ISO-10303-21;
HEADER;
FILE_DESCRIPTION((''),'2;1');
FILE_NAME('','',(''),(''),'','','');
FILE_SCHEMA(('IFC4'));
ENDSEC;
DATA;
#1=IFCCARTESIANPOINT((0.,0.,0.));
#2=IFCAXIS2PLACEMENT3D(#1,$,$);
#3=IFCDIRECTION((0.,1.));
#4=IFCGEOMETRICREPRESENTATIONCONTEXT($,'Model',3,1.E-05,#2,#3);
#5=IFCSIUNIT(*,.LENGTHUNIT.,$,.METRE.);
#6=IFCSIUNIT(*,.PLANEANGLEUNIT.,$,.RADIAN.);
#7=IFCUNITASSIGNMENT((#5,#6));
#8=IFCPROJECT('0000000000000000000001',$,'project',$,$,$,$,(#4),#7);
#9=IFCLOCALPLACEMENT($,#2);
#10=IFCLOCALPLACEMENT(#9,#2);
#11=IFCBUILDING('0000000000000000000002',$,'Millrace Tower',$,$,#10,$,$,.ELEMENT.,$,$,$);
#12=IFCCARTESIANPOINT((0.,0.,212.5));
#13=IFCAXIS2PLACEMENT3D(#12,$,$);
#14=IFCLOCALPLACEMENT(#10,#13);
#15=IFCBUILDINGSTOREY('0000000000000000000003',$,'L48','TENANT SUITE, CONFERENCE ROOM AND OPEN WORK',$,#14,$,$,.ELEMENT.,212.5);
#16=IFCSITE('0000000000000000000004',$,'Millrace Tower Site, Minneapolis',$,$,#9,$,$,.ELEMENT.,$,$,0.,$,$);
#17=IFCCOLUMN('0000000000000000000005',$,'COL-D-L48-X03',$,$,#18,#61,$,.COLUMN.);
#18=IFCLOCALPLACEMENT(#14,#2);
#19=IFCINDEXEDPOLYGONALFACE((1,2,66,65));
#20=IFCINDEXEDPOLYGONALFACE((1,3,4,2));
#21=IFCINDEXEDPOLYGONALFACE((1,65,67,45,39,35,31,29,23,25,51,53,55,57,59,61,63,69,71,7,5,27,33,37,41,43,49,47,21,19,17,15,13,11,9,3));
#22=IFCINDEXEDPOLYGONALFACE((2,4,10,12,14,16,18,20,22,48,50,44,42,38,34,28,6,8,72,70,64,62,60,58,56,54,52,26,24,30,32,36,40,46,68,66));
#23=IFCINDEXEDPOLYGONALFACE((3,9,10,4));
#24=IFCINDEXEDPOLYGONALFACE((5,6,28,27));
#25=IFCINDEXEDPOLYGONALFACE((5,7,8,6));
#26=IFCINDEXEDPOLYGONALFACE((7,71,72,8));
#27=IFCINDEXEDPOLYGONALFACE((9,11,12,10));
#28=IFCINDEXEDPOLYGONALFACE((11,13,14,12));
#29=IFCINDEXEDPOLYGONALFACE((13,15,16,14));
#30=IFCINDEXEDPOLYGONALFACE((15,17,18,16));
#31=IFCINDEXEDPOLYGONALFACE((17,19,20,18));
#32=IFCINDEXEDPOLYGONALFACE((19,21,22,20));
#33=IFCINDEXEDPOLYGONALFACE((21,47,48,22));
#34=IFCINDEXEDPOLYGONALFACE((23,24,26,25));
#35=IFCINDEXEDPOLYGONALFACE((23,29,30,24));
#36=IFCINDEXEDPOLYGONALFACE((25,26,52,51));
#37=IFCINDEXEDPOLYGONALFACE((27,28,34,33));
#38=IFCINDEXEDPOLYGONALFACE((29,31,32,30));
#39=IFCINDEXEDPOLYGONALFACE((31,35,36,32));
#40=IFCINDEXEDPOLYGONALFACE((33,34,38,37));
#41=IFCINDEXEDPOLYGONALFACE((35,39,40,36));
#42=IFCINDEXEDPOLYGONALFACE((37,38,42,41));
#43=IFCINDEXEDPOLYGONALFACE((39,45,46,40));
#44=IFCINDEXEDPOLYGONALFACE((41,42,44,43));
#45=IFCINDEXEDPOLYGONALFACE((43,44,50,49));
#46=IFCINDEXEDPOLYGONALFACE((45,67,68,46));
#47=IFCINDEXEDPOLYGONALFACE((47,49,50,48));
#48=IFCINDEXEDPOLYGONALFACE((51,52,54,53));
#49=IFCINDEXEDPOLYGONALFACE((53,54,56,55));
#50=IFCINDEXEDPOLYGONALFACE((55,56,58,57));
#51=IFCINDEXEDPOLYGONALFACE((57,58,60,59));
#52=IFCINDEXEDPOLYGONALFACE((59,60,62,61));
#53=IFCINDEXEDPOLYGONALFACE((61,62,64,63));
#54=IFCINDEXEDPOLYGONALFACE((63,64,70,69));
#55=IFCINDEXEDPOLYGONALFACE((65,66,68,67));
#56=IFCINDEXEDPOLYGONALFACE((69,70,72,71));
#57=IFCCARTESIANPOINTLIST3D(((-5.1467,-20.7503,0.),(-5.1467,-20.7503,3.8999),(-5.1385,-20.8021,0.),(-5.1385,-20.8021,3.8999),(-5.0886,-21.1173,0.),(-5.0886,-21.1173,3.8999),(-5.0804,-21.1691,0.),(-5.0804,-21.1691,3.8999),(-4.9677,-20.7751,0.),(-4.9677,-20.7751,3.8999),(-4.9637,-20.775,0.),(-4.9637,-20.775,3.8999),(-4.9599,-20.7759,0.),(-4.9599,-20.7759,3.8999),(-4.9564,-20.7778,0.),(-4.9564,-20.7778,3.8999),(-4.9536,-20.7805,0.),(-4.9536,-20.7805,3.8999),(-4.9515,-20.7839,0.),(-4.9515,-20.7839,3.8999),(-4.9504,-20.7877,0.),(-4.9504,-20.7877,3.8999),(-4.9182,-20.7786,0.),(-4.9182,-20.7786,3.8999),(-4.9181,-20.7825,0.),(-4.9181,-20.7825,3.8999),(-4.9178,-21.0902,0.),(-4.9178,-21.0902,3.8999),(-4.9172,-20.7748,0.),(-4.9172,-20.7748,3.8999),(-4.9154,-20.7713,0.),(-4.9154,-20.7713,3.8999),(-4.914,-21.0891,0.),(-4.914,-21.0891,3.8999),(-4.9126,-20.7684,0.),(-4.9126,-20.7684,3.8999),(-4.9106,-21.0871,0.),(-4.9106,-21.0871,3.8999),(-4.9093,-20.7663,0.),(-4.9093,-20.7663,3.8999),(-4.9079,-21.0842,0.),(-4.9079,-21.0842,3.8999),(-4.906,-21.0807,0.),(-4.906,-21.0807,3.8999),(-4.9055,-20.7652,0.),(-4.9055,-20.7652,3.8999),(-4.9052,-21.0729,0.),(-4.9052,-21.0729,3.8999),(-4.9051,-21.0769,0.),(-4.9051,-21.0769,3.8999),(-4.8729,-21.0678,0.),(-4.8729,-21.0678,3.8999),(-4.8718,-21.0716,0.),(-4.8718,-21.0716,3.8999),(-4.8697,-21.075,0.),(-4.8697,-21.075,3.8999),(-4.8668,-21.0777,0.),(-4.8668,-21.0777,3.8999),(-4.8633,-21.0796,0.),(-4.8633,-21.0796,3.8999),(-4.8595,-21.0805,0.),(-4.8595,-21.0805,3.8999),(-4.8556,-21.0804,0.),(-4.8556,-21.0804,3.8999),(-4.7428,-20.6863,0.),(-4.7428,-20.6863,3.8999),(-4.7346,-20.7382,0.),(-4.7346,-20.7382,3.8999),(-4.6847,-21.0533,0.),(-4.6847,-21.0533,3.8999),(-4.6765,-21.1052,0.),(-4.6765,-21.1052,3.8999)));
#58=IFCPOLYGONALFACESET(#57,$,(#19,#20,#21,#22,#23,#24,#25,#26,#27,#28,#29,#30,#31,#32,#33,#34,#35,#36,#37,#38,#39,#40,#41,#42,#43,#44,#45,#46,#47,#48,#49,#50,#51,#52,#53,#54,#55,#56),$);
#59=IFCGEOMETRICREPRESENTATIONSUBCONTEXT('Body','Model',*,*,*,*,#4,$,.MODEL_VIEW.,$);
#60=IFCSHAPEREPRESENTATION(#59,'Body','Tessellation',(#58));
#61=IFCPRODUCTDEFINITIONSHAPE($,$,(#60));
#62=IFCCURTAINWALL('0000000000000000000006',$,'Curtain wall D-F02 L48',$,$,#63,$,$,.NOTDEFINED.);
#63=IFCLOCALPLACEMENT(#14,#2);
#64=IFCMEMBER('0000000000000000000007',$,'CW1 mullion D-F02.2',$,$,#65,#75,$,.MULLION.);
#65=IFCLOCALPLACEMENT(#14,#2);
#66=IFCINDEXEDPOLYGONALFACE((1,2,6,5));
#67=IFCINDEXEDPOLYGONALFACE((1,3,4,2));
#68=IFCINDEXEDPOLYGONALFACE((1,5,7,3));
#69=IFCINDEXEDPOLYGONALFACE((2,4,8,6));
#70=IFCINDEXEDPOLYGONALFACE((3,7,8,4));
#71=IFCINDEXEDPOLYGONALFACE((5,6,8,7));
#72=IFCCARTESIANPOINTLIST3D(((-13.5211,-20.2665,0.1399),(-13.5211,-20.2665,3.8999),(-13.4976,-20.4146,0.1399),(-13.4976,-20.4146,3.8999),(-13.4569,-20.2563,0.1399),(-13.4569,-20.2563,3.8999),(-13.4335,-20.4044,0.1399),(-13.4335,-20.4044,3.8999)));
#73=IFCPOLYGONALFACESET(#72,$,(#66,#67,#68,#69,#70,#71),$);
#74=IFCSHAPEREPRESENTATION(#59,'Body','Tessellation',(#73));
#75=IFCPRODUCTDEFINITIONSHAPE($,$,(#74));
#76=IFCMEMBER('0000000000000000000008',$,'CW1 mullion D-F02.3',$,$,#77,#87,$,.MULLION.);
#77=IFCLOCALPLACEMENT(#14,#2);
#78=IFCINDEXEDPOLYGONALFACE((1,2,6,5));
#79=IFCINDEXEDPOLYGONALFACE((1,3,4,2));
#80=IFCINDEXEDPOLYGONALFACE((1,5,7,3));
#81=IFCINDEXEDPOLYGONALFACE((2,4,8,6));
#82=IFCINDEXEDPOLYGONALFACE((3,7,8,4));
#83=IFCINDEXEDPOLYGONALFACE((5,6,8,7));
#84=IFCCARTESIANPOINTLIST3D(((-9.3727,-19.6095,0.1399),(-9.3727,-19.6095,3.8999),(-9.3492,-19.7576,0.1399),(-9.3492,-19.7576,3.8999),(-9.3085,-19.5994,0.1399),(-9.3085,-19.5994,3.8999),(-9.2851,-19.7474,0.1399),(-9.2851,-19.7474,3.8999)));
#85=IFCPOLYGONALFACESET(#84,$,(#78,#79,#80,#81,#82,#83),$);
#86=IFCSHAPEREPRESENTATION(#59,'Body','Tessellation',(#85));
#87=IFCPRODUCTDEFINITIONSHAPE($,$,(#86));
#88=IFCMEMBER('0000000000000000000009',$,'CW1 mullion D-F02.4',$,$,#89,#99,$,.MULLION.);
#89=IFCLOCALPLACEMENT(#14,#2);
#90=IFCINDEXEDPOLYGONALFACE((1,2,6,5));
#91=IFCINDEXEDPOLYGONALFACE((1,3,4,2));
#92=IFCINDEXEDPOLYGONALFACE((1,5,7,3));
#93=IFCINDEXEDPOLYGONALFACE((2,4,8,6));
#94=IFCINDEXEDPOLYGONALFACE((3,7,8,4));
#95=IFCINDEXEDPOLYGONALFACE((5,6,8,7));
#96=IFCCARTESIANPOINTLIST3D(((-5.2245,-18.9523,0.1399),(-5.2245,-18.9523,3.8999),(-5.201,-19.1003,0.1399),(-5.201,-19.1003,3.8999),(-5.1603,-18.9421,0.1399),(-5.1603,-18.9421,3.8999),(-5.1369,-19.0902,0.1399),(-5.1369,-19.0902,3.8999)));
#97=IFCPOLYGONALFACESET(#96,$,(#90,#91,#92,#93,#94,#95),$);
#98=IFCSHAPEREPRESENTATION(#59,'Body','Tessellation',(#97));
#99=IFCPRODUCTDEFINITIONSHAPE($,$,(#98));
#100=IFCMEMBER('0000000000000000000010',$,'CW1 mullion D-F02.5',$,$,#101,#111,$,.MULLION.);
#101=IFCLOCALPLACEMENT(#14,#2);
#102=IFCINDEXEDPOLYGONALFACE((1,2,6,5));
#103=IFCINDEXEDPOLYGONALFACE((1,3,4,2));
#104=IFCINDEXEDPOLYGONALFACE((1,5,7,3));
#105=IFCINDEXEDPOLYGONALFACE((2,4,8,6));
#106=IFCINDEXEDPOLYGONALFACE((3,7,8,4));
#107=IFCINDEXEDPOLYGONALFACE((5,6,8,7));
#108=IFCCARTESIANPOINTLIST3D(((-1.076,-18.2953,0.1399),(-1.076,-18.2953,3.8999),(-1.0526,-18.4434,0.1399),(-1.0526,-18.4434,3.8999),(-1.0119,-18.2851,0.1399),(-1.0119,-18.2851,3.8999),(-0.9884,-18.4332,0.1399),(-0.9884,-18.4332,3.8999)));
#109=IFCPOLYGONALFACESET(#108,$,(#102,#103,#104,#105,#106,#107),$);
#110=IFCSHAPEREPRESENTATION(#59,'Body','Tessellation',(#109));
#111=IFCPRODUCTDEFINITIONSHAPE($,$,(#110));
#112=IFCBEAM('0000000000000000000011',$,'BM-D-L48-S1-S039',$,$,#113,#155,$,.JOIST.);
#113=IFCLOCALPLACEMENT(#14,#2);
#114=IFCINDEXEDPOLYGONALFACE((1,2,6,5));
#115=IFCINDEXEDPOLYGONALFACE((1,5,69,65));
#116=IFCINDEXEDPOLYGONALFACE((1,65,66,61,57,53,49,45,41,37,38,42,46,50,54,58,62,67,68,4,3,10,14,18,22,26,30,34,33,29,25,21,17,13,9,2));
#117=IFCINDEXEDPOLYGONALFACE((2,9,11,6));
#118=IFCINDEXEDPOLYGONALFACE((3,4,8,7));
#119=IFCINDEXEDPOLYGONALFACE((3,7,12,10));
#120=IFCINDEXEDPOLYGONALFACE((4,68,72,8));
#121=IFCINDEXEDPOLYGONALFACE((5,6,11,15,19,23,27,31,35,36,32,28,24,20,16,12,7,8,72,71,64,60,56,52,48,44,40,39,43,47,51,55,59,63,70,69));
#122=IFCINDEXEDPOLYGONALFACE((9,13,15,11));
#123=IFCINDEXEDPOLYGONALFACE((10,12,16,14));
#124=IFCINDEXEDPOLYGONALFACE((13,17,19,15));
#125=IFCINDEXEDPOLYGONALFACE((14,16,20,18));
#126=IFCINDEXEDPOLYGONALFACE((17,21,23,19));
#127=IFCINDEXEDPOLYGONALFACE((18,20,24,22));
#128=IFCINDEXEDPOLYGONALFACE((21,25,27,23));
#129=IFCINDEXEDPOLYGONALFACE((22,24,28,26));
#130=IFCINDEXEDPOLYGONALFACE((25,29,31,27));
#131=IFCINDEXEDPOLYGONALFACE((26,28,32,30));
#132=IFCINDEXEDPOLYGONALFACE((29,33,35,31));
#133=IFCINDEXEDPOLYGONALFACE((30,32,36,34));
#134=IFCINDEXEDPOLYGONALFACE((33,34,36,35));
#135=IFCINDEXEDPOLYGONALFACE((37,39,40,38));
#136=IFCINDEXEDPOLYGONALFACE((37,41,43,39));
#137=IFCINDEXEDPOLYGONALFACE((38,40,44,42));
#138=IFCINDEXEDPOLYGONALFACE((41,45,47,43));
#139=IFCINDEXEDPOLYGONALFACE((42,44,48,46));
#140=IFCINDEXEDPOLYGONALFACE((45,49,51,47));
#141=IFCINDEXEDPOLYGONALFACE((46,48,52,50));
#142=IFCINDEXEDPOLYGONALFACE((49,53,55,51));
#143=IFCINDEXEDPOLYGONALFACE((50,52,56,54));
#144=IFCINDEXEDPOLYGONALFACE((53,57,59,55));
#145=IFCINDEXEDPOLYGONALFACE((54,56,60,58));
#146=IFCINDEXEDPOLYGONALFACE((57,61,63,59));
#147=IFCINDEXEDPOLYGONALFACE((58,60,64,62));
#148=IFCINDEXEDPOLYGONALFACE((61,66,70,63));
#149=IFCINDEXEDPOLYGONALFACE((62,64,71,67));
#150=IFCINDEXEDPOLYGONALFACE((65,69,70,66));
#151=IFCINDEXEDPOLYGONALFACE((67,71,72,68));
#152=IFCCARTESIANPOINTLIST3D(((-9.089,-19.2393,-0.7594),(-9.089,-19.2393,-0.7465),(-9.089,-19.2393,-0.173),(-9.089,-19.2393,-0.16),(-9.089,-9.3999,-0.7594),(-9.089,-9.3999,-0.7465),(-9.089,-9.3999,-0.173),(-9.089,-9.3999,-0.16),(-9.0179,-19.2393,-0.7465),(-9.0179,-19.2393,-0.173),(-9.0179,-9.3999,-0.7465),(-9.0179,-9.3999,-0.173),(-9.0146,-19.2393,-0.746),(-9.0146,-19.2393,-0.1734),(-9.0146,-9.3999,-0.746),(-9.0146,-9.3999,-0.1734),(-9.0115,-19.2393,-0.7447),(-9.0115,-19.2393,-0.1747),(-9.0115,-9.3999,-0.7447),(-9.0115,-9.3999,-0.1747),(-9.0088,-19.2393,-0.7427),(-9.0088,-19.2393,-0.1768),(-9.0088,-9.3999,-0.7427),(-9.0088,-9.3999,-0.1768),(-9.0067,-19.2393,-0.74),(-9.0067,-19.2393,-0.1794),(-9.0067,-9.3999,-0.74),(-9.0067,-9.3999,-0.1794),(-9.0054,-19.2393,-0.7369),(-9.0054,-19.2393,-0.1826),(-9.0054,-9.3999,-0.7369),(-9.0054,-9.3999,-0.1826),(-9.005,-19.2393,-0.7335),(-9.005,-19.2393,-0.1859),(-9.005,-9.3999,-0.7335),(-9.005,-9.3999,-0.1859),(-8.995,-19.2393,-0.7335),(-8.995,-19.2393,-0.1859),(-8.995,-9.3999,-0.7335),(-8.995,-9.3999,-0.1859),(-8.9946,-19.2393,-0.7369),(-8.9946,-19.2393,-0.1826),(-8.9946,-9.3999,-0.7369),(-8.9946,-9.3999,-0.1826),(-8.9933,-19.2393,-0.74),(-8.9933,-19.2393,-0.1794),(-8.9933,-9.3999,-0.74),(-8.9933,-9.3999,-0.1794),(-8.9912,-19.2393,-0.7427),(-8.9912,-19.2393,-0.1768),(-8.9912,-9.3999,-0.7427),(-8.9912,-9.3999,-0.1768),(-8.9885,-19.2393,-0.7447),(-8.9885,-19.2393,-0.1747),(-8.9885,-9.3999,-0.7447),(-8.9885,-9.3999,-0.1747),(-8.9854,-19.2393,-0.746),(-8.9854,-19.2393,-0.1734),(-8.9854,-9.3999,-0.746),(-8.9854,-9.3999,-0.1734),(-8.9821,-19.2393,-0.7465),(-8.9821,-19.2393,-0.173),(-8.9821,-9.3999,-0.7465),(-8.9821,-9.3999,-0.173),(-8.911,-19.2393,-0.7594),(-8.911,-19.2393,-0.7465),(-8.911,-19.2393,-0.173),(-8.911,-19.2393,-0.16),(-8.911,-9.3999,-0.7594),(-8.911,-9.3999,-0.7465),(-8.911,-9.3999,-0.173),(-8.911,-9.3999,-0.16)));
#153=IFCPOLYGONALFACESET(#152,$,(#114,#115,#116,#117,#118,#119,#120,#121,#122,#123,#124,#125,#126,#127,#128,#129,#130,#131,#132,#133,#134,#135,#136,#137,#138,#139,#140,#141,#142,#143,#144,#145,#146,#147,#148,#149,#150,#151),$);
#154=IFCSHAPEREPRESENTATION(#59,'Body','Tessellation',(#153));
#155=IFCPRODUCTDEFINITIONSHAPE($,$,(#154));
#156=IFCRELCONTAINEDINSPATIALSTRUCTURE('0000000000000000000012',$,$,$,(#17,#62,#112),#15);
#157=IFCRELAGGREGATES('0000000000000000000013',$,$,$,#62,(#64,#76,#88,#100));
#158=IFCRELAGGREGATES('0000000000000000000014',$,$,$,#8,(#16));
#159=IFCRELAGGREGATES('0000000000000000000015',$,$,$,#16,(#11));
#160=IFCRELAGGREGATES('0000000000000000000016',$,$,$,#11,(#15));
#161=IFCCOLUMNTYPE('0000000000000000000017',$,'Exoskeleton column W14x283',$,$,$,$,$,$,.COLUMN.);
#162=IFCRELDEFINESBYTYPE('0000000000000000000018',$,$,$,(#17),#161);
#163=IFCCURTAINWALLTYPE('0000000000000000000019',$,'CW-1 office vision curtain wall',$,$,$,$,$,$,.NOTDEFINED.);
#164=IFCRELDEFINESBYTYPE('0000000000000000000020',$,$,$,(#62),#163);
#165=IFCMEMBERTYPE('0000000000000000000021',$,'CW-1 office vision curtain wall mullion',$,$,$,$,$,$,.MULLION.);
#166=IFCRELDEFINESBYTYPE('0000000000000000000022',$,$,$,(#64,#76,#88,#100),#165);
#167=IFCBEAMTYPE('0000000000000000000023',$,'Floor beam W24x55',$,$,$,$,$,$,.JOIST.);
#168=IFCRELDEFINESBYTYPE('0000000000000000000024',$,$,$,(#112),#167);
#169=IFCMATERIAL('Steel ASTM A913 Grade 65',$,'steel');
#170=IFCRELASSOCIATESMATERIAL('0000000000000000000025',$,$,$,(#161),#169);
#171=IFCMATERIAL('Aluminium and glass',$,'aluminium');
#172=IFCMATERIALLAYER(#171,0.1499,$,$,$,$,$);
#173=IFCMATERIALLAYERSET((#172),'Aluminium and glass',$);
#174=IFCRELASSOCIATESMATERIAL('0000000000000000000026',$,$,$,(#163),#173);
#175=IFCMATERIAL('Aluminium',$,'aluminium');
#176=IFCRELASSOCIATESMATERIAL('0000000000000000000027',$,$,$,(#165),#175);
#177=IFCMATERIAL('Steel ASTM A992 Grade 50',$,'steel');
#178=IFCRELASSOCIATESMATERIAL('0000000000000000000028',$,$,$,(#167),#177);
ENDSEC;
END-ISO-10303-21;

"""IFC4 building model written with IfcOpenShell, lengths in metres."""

from ifc_helpers import new_model, si_unit, direction, frame, origin, origin_2d, place, context, subcontext, project, spatial, rectangle, i_section, extrude, material, layer, layer_set, material_profile, profile_set, type_object, element, aggregate, save


model = new_model("IFC4")

# Units and contexts
model_context = context("Model", 3, precision=1e-05, world=origin(), true_north=direction((0.0, 1.0)))
body_context = subcontext(model_context, "Body", "Model", "MODEL_VIEW")
ifc_project = project(units=[si_unit("LENGTHUNIT", "METRE"), si_unit("PLANEANGLEUNIT", "RADIAN")], contexts=[model_context])

# Site, building, storey
site_placement = place(None, origin())
site = spatial("IfcSite", under=ifc_project, at=site_placement, Name="Millrace Tower Site, Minneapolis", CompositionType="ELEMENT", RefElevation=0.0)
building_placement = place(site_placement, origin())
building = spatial("IfcBuilding", under=site, at=building_placement, Name="Millrace Tower", CompositionType="ELEMENT")
storey_placement = place(building_placement, frame((0.0, 0.0, 212.5)))
storey = spatial("IfcBuildingStorey", under=building, at=storey_placement, Name="L48", Description="TENANT SUITE, CONFERENCE ROOM AND OPEN WORK", CompositionType="ELEMENT", Elevation=212.5)

# Column
ifc_material_1 = material(Name="Steel ASTM A913 Grade 65", Category="steel")
ifc_material_profile_1 = material_profile(ifc_material_1, i_section(OverallWidth=0.4089, OverallDepth=0.4241, WebThickness=0.0327, FlangeThickness=0.0525, FilletRadius=0.0151, at=origin_2d()))
ifc_profile_set_1 = profile_set([ifc_material_profile_1], Name="Steel ASTM A913 Grade 65")
column_type = type_object("IfcColumnType", Name="Exoskeleton column W14x283", PredefinedType="COLUMN", material=ifc_profile_set_1)
column_placement = place(storey_placement, frame((-4.9116, -20.9277, 0.0), z_axis=(0.0, 0.0, 1.0), x_axis=(0.987688, 0.156434, 0.0)))
element("IfcColumn", 1, at=column_placement, inside=storey, type_object=column_type, Name="COL-D-L48-X03", PredefinedType="COLUMN", context=body_context, shape_type="SweptSolid", body=[
    extrude(i_section(OverallWidth=0.4089, OverallDepth=0.4241, WebThickness=0.0327, FlangeThickness=0.0525, FilletRadius=0.0151, at=origin_2d()), origin(), (0.0, 0.0, 1.0), 3.8999),
])

# Curtain wall, members
ifc_material_2 = material(Name="Aluminium and glass", Category="aluminium")
ifc_layer_1 = layer(ifc_material_2, 0.1499)
ifc_layer_set_1 = layer_set([ifc_layer_1], Name="Aluminium and glass")
curtain_wall_type = type_object("IfcCurtainWallType", Name="CW-1 office vision curtain wall", PredefinedType="NOTDEFINED", material=ifc_layer_set_1)
curtain_wall_placement = place(storey_placement, origin())
curtain_wall = element("IfcCurtainWall", 2, at=curtain_wall_placement, inside=storey, type_object=curtain_wall_type, Name="Curtain wall D-F02 L48", PredefinedType="NOTDEFINED")
ifc_material_3 = material(Name="Aluminium", Category="aluminium")
ifc_material_profile_2 = material_profile(ifc_material_3, rectangle(XDim=0.0649, YDim=0.1499, at=origin_2d()))
ifc_profile_set_2 = profile_set([ifc_material_profile_2], Name="Aluminium")
member_type = type_object("IfcMemberType", Name="CW-1 office vision curtain wall mullion", PredefinedType="MULLION", material=ifc_profile_set_2)
member_1_placement = place(storey_placement, frame((-13.4773, -20.3354, 0.1399), z_axis=(0.0, 0.0, 1.0), x_axis=(0.987688, 0.156434, 0.0)))
member_1 = element("IfcMember", 3, at=member_1_placement, type_object=member_type, Name="CW1 mullion D-F02.2", PredefinedType="MULLION", context=body_context, shape_type="SweptSolid", body=[
    extrude(rectangle(XDim=0.0649, YDim=0.1499, at=origin_2d()), origin(), (0.0, 0.0, 1.0), 3.76),
])
member_2_placement = place(storey_placement, frame((-9.3289, -19.6785, 0.1399), z_axis=(0.0, 0.0, 1.0), x_axis=(0.987688, 0.156434, 0.0)))
member_2 = element("IfcMember", 4, at=member_2_placement, type_object=member_type, Name="CW1 mullion D-F02.3", PredefinedType="MULLION", context=body_context, shape_type="SweptSolid", body=[
    extrude(rectangle(XDim=0.0649, YDim=0.1499, at=origin_2d()), origin(), (0.0, 0.0, 1.0), 3.76),
])
member_3_placement = place(storey_placement, frame((-5.1807, -19.0212, 0.1399), z_axis=(0.0, 0.0, 1.0), x_axis=(0.987688, 0.156434, 0.0)))
member_3 = element("IfcMember", 5, at=member_3_placement, type_object=member_type, Name="CW1 mullion D-F02.4", PredefinedType="MULLION", context=body_context, shape_type="SweptSolid", body=[
    extrude(rectangle(XDim=0.0649, YDim=0.1499, at=origin_2d()), origin(), (0.0, 0.0, 1.0), 3.76),
])
member_4_placement = place(storey_placement, frame((-1.0322, -18.3643, 0.1399), z_axis=(0.0, 0.0, 1.0), x_axis=(0.987688, 0.156434, 0.0)))
member_4 = element("IfcMember", 6, at=member_4_placement, type_object=member_type, Name="CW1 mullion D-F02.5", PredefinedType="MULLION", context=body_context, shape_type="SweptSolid", body=[
    extrude(rectangle(XDim=0.0649, YDim=0.1499, at=origin_2d()), origin(), (0.0, 0.0, 1.0), 3.76),
])
aggregate(curtain_wall, [member_1, member_2, member_3, member_4])

# Beam
ifc_material_4 = material(Name="Steel ASTM A992 Grade 50", Category="steel")
ifc_material_profile_3 = material_profile(ifc_material_4, i_section(OverallWidth=0.178, OverallDepth=0.5994, WebThickness=0.01, FlangeThickness=0.0129, FilletRadius=0.0129, at=origin_2d()))
ifc_profile_set_3 = profile_set([ifc_material_profile_3], Name="Steel ASTM A992 Grade 50")
beam_type_1 = type_object("IfcBeamType", Name="Floor beam W24x55", PredefinedType="JOIST", material=ifc_profile_set_3)
beam_1_placement = place(storey_placement, frame((-9.0, -19.2393, -0.4597), z_axis=(0.0, 1.0, 0.0), x_axis=(-1.0, 0.0, 0.0)))
element("IfcBeam", 7, at=beam_1_placement, inside=storey, type_object=beam_type_1, Name="BM-D-L48-S1-S039", PredefinedType="JOIST", context=body_context, shape_type="SweptSolid", body=[
    extrude(i_section(OverallWidth=0.178, OverallDepth=0.5994, WebThickness=0.01, FlangeThickness=0.0129, FilletRadius=0.0129, at=origin_2d()), origin(), (0.0, 0.0, 1.0), 9.8394),
])

save(model, "model.ifc")
